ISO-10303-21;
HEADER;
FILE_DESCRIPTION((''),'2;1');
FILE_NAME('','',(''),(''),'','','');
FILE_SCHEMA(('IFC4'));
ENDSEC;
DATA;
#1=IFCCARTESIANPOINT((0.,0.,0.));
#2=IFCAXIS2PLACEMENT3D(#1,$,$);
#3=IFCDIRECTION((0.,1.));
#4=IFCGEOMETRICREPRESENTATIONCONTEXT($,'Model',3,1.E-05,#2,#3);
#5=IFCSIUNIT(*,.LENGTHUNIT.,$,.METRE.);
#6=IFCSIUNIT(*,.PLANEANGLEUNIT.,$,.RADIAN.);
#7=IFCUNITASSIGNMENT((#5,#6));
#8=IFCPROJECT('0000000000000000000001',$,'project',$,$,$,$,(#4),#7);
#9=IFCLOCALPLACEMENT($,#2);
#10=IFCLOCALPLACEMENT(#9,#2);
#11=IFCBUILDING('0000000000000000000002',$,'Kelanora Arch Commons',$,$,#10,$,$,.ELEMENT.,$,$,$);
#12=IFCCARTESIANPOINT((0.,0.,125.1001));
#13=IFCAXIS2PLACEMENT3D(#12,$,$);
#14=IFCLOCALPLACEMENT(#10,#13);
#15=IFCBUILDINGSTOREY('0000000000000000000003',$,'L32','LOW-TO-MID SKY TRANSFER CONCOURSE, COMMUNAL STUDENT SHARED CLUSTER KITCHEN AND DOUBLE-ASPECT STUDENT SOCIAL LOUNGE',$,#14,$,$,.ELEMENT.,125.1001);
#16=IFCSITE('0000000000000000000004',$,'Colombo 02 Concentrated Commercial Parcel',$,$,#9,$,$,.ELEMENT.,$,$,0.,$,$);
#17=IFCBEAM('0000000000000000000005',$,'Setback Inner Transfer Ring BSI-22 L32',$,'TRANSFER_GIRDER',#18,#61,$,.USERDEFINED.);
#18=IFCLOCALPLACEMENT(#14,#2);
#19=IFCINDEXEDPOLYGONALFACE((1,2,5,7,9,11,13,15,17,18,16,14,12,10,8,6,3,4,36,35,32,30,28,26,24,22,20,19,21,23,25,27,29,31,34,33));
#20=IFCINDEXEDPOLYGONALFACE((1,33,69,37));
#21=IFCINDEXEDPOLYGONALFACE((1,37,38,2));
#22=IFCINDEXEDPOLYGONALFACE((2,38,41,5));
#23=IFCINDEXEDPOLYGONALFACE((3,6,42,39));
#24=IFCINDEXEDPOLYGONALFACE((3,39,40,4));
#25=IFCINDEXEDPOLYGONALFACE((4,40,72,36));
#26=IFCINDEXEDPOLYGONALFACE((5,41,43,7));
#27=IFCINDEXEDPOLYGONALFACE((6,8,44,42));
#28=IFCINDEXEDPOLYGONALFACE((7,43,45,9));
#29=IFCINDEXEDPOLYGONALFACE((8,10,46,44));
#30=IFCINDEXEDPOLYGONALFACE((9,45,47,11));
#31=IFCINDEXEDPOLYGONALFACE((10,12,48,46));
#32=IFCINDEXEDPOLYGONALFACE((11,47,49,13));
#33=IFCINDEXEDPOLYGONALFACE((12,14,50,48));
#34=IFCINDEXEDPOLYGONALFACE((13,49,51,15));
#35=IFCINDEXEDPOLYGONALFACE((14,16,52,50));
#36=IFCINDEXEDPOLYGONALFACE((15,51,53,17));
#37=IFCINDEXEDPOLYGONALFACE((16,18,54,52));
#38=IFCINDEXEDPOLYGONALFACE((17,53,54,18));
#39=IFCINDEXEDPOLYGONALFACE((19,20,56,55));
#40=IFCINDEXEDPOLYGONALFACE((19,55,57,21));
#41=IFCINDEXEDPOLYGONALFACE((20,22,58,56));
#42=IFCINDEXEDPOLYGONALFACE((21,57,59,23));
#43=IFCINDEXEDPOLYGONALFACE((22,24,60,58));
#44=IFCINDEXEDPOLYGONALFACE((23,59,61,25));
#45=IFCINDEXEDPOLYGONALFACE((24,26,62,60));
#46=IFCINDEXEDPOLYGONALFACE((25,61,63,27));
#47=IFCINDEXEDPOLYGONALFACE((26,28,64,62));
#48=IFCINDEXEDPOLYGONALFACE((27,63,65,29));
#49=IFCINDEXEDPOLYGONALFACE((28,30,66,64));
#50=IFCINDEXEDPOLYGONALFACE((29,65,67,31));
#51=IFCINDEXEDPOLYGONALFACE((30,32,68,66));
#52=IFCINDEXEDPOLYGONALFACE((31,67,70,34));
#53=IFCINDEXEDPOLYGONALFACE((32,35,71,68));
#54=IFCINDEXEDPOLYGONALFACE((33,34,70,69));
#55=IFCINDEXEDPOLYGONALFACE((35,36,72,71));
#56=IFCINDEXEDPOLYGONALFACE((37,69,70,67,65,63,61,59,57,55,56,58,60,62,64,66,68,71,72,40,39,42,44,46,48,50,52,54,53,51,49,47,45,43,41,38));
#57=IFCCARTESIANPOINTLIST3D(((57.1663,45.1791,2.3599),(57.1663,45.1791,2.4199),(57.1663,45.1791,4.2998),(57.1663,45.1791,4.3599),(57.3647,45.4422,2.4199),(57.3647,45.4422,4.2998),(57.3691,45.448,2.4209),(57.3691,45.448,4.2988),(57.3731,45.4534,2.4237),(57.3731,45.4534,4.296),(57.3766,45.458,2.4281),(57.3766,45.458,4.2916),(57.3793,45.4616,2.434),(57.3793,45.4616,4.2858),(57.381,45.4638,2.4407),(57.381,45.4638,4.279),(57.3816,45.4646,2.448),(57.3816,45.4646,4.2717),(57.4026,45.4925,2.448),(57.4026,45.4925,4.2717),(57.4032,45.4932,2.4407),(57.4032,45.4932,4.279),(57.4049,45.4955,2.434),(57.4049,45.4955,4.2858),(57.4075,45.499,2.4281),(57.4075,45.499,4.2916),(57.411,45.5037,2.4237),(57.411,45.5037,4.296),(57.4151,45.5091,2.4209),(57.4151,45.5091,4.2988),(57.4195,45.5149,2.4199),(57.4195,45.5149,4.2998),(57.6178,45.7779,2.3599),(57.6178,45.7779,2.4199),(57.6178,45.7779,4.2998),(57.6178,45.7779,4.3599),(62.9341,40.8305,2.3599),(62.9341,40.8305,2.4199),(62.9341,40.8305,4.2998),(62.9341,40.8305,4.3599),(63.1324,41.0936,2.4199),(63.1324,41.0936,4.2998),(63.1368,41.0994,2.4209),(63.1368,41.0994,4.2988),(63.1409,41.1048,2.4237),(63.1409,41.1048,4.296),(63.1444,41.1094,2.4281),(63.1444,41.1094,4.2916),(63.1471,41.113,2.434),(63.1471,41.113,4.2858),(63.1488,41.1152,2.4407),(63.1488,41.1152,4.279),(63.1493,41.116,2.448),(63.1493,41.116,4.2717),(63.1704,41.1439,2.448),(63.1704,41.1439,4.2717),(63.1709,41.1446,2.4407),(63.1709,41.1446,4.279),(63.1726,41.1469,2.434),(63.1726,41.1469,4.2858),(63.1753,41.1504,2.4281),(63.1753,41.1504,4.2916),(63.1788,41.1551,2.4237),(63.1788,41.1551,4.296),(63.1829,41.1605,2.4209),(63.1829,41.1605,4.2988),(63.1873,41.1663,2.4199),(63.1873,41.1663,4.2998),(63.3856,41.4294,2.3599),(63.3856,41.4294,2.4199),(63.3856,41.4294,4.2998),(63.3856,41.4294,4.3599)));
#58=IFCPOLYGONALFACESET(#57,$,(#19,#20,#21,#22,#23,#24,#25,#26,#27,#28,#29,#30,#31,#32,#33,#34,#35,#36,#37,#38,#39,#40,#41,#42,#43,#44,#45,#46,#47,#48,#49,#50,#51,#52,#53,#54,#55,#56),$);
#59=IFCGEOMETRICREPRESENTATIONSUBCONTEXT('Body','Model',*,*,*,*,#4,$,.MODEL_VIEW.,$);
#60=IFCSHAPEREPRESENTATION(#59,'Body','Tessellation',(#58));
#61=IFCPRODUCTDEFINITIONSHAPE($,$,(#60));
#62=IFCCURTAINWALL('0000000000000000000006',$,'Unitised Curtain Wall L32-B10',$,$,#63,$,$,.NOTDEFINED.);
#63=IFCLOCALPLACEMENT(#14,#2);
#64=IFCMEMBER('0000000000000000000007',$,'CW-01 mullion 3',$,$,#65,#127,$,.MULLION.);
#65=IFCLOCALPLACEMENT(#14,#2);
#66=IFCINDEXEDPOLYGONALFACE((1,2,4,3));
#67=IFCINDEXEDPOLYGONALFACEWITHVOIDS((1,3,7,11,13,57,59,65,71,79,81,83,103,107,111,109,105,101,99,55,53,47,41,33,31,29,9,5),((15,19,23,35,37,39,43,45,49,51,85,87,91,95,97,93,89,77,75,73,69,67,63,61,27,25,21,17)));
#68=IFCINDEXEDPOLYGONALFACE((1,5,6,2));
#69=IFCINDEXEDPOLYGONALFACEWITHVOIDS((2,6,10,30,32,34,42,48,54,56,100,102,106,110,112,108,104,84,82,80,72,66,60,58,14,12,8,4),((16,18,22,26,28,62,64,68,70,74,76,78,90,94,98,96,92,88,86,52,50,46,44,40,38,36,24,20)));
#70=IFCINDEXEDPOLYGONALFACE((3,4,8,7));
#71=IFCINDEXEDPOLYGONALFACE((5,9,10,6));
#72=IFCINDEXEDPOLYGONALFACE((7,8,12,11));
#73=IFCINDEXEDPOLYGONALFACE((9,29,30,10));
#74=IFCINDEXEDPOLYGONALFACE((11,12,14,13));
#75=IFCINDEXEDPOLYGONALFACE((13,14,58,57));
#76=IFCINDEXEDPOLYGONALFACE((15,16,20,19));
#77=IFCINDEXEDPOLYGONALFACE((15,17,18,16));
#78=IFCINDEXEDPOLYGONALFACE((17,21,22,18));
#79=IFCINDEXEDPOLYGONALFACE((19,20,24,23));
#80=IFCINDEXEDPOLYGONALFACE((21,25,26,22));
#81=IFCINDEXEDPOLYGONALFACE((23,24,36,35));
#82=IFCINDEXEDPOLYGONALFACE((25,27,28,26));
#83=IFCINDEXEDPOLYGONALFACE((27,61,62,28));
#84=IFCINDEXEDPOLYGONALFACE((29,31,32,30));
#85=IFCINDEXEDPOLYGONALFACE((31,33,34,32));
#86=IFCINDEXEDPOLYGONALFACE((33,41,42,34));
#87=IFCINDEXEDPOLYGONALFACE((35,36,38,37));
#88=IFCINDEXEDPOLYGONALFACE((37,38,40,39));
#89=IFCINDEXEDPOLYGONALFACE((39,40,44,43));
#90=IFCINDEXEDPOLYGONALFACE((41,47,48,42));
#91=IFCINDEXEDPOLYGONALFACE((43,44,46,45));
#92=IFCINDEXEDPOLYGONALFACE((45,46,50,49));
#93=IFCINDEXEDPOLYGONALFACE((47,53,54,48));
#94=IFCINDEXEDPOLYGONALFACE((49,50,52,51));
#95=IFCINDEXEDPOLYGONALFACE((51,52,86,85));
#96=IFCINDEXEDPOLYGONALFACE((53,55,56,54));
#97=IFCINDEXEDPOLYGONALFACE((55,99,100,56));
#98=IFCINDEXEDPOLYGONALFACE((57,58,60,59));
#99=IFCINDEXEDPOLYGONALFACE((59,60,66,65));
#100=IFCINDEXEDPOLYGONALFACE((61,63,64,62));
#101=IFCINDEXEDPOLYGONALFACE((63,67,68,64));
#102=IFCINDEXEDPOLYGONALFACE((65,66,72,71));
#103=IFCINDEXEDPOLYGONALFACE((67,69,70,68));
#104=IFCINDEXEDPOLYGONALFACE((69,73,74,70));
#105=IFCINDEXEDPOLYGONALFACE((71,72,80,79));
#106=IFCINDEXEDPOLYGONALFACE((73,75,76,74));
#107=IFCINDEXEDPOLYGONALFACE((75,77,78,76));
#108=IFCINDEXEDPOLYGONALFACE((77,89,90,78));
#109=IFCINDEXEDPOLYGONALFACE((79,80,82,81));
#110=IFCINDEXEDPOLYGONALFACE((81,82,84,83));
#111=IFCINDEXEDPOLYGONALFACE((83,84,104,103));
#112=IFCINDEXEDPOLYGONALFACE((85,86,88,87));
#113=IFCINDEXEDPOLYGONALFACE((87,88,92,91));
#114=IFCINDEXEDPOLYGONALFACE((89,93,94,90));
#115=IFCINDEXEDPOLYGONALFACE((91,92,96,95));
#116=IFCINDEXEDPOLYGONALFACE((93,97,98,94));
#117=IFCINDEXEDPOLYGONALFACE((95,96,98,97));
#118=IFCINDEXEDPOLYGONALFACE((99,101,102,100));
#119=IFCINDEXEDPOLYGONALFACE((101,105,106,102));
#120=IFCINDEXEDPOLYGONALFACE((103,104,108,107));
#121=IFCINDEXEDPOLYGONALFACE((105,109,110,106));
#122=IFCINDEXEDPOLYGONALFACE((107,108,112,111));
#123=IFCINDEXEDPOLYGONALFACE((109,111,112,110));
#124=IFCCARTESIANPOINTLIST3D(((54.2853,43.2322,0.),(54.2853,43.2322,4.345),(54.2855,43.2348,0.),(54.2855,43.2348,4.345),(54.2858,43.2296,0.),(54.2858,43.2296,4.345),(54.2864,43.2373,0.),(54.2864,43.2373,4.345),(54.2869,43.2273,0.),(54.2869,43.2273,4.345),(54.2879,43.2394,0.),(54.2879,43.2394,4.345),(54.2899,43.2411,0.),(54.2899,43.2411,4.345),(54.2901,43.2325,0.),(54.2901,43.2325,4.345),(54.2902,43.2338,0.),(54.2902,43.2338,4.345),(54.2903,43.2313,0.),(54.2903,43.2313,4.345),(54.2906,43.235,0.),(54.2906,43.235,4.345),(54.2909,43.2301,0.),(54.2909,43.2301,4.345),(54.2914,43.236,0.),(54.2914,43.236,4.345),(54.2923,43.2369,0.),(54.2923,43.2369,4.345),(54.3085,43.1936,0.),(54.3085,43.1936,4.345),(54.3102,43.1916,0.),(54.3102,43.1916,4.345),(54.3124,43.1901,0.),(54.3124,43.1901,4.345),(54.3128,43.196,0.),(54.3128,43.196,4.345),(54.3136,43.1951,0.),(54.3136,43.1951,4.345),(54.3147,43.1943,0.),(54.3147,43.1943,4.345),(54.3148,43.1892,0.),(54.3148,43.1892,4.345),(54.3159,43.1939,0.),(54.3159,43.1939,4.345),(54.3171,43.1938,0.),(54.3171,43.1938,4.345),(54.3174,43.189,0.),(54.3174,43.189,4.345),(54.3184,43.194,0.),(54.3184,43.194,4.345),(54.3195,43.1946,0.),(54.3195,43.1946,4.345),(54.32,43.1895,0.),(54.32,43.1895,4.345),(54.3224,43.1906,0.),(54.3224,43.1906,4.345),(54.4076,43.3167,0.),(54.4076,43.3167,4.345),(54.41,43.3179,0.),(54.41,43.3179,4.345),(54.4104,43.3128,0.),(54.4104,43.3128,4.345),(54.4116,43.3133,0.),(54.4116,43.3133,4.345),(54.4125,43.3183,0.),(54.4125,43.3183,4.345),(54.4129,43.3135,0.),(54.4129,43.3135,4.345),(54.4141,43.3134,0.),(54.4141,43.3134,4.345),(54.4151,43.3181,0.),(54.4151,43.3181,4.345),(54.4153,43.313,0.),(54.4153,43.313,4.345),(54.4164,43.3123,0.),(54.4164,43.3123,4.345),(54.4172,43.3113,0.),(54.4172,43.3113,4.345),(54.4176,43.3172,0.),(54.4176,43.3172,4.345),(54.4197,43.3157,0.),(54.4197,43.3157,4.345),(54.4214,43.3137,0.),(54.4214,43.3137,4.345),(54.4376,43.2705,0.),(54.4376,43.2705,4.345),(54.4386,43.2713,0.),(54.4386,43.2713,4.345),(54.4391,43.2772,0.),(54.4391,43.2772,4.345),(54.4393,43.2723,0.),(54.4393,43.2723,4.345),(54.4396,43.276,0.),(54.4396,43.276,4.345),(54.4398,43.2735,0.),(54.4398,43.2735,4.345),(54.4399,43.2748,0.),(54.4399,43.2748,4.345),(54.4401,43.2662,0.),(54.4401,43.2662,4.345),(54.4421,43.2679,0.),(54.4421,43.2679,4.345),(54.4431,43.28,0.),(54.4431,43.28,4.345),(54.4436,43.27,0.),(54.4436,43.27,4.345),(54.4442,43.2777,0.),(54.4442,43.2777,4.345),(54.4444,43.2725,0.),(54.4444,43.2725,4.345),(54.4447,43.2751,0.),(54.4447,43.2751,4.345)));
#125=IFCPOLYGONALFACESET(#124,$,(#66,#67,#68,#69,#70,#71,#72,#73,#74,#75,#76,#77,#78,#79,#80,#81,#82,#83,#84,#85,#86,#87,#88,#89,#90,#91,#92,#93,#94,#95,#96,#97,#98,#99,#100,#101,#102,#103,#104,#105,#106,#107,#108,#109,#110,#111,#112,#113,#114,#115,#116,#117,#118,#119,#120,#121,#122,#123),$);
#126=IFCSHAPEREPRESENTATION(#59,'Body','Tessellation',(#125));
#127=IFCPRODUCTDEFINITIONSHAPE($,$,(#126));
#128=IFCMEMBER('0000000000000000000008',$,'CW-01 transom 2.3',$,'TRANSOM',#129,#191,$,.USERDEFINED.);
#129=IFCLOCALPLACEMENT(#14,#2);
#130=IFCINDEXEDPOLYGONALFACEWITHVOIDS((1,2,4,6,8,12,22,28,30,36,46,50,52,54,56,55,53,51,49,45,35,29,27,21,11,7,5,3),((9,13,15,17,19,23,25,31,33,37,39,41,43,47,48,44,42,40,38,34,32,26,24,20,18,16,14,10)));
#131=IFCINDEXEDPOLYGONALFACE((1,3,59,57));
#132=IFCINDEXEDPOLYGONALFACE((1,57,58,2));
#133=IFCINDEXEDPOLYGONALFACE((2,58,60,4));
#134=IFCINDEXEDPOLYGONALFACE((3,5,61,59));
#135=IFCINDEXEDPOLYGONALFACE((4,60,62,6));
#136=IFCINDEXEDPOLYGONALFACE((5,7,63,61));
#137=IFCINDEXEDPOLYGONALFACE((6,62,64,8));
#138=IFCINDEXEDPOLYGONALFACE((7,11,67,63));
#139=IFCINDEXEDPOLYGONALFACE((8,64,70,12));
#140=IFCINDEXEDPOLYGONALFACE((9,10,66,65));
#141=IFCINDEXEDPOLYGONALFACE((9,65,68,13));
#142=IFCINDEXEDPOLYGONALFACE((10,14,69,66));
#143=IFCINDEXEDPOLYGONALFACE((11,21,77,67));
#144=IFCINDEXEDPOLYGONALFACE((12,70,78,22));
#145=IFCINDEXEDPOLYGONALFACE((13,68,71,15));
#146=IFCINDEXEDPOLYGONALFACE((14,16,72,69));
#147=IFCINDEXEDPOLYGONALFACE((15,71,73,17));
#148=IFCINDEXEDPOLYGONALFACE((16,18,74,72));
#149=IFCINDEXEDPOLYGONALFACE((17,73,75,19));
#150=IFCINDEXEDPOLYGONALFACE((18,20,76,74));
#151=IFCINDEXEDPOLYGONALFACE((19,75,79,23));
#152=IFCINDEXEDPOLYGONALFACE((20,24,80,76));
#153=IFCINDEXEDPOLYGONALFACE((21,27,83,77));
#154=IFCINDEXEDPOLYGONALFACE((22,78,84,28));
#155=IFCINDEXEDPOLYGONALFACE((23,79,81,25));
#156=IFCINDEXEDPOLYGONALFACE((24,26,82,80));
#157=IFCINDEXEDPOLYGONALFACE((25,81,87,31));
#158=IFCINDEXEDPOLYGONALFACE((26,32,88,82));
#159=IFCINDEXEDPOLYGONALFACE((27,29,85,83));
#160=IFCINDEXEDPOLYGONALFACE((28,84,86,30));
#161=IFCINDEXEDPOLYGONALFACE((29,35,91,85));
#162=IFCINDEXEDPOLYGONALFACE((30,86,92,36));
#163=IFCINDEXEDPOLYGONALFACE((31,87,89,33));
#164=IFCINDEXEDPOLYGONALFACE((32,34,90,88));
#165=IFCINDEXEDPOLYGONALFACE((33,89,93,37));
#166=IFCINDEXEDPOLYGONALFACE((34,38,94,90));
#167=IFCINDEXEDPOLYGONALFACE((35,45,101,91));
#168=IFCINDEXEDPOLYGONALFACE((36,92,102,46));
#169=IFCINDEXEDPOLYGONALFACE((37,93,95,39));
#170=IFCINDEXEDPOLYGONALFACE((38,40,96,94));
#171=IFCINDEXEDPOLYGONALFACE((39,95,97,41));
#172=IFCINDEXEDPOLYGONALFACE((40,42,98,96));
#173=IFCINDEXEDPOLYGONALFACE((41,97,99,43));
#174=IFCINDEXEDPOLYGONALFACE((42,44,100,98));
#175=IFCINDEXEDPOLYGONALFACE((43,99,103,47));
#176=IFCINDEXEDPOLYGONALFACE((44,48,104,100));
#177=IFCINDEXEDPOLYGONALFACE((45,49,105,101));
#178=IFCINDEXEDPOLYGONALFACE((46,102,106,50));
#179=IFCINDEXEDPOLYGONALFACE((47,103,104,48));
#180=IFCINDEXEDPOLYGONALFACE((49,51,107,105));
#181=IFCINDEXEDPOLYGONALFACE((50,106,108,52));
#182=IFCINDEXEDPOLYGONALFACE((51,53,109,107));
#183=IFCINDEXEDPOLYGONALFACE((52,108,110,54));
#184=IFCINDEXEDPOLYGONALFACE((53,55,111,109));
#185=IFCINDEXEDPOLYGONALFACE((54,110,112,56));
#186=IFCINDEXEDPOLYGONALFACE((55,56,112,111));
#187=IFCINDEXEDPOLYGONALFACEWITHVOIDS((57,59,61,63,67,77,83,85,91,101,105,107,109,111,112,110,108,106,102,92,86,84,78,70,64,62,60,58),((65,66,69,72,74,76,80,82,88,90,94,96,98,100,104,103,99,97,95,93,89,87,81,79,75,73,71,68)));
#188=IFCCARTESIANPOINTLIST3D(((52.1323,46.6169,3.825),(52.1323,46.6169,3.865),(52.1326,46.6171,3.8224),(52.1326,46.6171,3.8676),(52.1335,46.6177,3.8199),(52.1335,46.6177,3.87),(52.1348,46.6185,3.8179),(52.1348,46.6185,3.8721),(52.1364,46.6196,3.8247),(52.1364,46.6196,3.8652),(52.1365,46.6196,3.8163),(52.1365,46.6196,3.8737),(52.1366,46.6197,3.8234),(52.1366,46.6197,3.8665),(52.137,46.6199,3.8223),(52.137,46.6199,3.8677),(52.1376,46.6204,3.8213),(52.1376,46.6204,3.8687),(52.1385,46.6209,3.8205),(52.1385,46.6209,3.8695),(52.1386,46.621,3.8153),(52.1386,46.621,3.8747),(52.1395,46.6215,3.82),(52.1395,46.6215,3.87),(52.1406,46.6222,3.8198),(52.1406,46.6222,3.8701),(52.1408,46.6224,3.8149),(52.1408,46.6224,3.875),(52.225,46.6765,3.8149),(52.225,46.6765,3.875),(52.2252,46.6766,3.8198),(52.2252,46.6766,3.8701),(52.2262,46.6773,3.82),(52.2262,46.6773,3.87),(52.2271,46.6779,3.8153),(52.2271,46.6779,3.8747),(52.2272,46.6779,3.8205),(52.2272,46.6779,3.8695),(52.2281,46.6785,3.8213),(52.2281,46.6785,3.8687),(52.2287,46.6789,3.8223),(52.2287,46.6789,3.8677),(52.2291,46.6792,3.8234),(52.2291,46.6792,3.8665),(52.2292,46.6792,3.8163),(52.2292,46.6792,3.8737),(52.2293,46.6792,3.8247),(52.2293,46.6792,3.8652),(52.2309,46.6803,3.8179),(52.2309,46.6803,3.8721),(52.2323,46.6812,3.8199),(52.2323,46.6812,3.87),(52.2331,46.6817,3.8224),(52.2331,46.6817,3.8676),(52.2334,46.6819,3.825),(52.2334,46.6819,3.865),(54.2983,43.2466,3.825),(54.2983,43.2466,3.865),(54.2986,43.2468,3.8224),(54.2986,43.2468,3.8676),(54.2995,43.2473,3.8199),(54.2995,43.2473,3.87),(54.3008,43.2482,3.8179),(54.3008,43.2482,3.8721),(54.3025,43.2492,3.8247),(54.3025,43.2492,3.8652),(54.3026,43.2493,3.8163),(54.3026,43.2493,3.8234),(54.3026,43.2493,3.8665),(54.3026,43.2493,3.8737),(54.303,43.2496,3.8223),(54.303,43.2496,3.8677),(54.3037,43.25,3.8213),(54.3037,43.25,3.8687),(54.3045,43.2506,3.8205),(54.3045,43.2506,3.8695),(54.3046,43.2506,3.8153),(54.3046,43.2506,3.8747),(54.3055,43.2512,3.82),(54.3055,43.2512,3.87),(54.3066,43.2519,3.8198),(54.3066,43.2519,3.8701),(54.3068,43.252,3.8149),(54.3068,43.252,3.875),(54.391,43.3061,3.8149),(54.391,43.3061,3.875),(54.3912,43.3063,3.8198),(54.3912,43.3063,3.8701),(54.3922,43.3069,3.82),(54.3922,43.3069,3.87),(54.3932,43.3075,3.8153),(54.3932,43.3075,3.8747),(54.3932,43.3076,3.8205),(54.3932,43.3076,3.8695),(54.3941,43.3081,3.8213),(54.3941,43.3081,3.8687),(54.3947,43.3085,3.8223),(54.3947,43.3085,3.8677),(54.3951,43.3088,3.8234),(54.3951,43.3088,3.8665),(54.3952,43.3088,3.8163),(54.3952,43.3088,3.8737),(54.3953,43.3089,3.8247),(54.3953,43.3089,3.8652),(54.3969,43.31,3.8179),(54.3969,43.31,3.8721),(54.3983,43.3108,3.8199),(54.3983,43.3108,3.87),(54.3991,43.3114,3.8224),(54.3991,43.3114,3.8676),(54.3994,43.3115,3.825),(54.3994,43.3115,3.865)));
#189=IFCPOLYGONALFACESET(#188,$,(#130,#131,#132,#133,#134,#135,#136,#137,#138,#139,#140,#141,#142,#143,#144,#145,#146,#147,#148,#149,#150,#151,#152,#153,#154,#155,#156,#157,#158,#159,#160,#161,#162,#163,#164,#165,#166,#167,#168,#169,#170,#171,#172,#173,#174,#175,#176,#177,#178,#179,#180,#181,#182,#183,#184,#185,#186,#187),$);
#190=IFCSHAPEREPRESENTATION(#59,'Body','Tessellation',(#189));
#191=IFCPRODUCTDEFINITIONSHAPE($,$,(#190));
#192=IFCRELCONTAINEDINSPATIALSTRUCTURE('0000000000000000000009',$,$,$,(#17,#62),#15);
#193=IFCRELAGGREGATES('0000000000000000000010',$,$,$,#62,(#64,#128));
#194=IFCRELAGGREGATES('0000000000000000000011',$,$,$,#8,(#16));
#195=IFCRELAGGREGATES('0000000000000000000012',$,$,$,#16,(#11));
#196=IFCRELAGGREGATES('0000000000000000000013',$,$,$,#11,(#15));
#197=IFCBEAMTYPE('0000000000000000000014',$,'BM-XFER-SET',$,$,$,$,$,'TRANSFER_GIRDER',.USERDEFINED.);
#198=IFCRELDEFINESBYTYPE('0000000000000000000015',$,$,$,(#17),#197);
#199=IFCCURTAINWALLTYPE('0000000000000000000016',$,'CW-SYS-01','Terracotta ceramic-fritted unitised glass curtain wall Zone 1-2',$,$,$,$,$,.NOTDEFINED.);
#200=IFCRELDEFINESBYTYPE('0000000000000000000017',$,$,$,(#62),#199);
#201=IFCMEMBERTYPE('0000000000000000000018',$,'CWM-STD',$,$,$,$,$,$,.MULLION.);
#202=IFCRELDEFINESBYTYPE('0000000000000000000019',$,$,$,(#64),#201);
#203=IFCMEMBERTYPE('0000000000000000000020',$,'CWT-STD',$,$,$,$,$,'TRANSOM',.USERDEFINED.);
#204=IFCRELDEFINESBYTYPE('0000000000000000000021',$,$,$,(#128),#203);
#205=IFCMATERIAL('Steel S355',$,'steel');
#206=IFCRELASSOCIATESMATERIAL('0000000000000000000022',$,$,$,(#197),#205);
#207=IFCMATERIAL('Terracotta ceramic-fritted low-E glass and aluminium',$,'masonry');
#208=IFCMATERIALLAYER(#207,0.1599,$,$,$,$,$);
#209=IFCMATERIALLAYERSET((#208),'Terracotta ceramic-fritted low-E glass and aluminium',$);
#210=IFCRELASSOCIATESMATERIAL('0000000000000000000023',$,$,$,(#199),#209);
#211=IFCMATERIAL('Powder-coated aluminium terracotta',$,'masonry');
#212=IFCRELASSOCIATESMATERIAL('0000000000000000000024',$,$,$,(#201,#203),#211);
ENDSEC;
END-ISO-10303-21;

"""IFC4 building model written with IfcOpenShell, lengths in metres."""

from ifc_helpers import new_model, si_unit, direction, frame, origin, origin_2d, place, context, subcontext, project, spatial, hollow_rectangle, i_section, extrude, material, layer, layer_set, material_profile, profile_set, type_object, element, aggregate, save


model = new_model("IFC4")

# Units and contexts
model_context = context("Model", 3, precision=1e-05, world=origin(), true_north=direction((0.0, 1.0)))
body_context = subcontext(model_context, "Body", "Model", "MODEL_VIEW")
ifc_project = project(units=[si_unit("LENGTHUNIT", "METRE"), si_unit("PLANEANGLEUNIT", "RADIAN")], contexts=[model_context])

# Site, building, storey
site_placement = place(None, origin())
site = spatial("IfcSite", under=ifc_project, at=site_placement, Name="Colombo 02 Concentrated Commercial Parcel", CompositionType="ELEMENT", RefElevation=0.0)
building_placement = place(site_placement, origin())
building = spatial("IfcBuilding", under=site, at=building_placement, Name="Kelanora Arch Commons", CompositionType="ELEMENT")
storey_placement = place(building_placement, frame((0.0, 0.0, 125.1001)))
storey = spatial("IfcBuildingStorey", under=building, at=storey_placement, Name="L32", Description="LOW-TO-MID SKY TRANSFER CONCOURSE, COMMUNAL STUDENT SHARED CLUSTER KITCHEN AND DOUBLE-ASPECT STUDENT SOCIAL LOUNGE", CompositionType="ELEMENT", Elevation=125.1001)

# Beam
ifc_material_1 = material(Name="Steel S355", Category="steel")
ifc_material_profile_1 = material_profile(ifc_material_1, i_section(OverallWidth=0.75, OverallDepth=2.0, WebThickness=0.0349, FlangeThickness=0.0601, FilletRadius=0.0281, at=origin_2d()), Name="PG2000x750")
ifc_profile_set_1 = profile_set([ifc_material_profile_1], Name="Steel S355")
beam_type_1 = type_object("IfcBeamType", Name="BM-XFER-SET", ElementType="TRANSFER_GIRDER", PredefinedType="USERDEFINED", material=ifc_profile_set_1)
beam_1_placement = place(storey_placement, frame((57.3921, 45.4785, 3.3599), z_axis=(0.798485, -0.602015, 0.0), x_axis=(0.602015, 0.798485, 0.0)))
element("IfcBeam", 1, at=beam_1_placement, inside=storey, type_object=beam_type_1, Name="Setback Inner Transfer Ring BSI-22 L32", ObjectType="TRANSFER_GIRDER", PredefinedType="USERDEFINED", context=body_context, shape_type="SweptSolid", body=[
    extrude(i_section(OverallWidth=0.75, OverallDepth=2.0, WebThickness=0.0349, FlangeThickness=0.0601, FilletRadius=0.0281, at=origin_2d()), origin(), (0.0, 0.0, 1.0), 7.2234),
])

# Curtain wall, members
ifc_material_2 = material(Name="Terracotta ceramic-fritted low-E glass and aluminium", Category="masonry")
ifc_layer_1 = layer(ifc_material_2, 0.1599)
ifc_layer_set_1 = layer_set([ifc_layer_1], Name="Terracotta ceramic-fritted low-E glass and aluminium")
curtain_wall_type = type_object("IfcCurtainWallType", Name="CW-SYS-01", Description="Terracotta ceramic-fritted unitised glass curtain wall Zone 1-2", PredefinedType="NOTDEFINED", material=ifc_layer_set_1)
curtain_wall_placement = place(storey_placement, origin())
curtain_wall = element("IfcCurtainWall", 2, at=curtain_wall_placement, inside=storey, type_object=curtain_wall_type, Name="Unitised Curtain Wall L32-B10", PredefinedType="NOTDEFINED")
ifc_material_3 = material(Name="Powder-coated aluminium terracotta", Category="masonry")
ifc_material_profile_2 = material_profile(ifc_material_3, hollow_rectangle(XDim=0.1599, YDim=0.0601, WallThickness=0.0049, InnerFilletRadius=0.0049, OuterFilletRadius=0.01, at=origin_2d()), Name="CWM160x60")
ifc_profile_set_2 = profile_set([ifc_material_profile_2], Name="Powder-coated aluminium terracotta")
member_type_1 = type_object("IfcMemberType", Name="CWM-STD", PredefinedType="MULLION", material=ifc_profile_set_2)
member_1_placement = place(storey_placement, frame((54.365, 43.2537, 0.0), z_axis=(0.0, 0.0, 1.0), x_axis=(0.841269, 0.540617, 0.0)))
member_1 = element("IfcMember", 3, at=member_1_placement, type_object=member_type_1, Name="CW-01 mullion 3", PredefinedType="MULLION", context=body_context, shape_type="SweptSolid", body=[
    extrude(hollow_rectangle(XDim=0.1599, YDim=0.0601, WallThickness=0.0049, InnerFilletRadius=0.0049, OuterFilletRadius=0.01, at=origin_2d()), origin(), (0.0, 0.0, 1.0), 4.345),
])
ifc_material_profile_3 = material_profile(ifc_material_3, hollow_rectangle(XDim=0.1201, YDim=0.0601, WallThickness=0.0049, InnerFilletRadius=0.0049, OuterFilletRadius=0.01, at=origin_2d()), Name="CWT120x60")
ifc_profile_set_3 = profile_set([ifc_material_profile_3], Name="Powder-coated aluminium terracotta")
member_type_2 = type_object("IfcMemberType", Name="CWT-STD", ElementType="TRANSOM", PredefinedType="USERDEFINED", material=ifc_profile_set_3)
member_2_placement = place(storey_placement, frame((52.1829, 46.6494, 3.845), z_axis=(0.540644, -0.841252, 0.0), x_axis=(0.841252, 0.540644, 0.0)))
member_2 = element("IfcMember", 4, at=member_2_placement, type_object=member_type_2, Name="CW-01 transom 2.3", ObjectType="TRANSOM", PredefinedType="USERDEFINED", context=body_context, shape_type="SweptSolid", body=[
    extrude(hollow_rectangle(XDim=0.1201, YDim=0.0601, WallThickness=0.0049, InnerFilletRadius=0.0049, OuterFilletRadius=0.01, at=origin_2d()), origin(), (0.0, 0.0, 1.0), 4.0063),
])
aggregate(curtain_wall, [member_1, member_2])

save(model, "model.ifc")
